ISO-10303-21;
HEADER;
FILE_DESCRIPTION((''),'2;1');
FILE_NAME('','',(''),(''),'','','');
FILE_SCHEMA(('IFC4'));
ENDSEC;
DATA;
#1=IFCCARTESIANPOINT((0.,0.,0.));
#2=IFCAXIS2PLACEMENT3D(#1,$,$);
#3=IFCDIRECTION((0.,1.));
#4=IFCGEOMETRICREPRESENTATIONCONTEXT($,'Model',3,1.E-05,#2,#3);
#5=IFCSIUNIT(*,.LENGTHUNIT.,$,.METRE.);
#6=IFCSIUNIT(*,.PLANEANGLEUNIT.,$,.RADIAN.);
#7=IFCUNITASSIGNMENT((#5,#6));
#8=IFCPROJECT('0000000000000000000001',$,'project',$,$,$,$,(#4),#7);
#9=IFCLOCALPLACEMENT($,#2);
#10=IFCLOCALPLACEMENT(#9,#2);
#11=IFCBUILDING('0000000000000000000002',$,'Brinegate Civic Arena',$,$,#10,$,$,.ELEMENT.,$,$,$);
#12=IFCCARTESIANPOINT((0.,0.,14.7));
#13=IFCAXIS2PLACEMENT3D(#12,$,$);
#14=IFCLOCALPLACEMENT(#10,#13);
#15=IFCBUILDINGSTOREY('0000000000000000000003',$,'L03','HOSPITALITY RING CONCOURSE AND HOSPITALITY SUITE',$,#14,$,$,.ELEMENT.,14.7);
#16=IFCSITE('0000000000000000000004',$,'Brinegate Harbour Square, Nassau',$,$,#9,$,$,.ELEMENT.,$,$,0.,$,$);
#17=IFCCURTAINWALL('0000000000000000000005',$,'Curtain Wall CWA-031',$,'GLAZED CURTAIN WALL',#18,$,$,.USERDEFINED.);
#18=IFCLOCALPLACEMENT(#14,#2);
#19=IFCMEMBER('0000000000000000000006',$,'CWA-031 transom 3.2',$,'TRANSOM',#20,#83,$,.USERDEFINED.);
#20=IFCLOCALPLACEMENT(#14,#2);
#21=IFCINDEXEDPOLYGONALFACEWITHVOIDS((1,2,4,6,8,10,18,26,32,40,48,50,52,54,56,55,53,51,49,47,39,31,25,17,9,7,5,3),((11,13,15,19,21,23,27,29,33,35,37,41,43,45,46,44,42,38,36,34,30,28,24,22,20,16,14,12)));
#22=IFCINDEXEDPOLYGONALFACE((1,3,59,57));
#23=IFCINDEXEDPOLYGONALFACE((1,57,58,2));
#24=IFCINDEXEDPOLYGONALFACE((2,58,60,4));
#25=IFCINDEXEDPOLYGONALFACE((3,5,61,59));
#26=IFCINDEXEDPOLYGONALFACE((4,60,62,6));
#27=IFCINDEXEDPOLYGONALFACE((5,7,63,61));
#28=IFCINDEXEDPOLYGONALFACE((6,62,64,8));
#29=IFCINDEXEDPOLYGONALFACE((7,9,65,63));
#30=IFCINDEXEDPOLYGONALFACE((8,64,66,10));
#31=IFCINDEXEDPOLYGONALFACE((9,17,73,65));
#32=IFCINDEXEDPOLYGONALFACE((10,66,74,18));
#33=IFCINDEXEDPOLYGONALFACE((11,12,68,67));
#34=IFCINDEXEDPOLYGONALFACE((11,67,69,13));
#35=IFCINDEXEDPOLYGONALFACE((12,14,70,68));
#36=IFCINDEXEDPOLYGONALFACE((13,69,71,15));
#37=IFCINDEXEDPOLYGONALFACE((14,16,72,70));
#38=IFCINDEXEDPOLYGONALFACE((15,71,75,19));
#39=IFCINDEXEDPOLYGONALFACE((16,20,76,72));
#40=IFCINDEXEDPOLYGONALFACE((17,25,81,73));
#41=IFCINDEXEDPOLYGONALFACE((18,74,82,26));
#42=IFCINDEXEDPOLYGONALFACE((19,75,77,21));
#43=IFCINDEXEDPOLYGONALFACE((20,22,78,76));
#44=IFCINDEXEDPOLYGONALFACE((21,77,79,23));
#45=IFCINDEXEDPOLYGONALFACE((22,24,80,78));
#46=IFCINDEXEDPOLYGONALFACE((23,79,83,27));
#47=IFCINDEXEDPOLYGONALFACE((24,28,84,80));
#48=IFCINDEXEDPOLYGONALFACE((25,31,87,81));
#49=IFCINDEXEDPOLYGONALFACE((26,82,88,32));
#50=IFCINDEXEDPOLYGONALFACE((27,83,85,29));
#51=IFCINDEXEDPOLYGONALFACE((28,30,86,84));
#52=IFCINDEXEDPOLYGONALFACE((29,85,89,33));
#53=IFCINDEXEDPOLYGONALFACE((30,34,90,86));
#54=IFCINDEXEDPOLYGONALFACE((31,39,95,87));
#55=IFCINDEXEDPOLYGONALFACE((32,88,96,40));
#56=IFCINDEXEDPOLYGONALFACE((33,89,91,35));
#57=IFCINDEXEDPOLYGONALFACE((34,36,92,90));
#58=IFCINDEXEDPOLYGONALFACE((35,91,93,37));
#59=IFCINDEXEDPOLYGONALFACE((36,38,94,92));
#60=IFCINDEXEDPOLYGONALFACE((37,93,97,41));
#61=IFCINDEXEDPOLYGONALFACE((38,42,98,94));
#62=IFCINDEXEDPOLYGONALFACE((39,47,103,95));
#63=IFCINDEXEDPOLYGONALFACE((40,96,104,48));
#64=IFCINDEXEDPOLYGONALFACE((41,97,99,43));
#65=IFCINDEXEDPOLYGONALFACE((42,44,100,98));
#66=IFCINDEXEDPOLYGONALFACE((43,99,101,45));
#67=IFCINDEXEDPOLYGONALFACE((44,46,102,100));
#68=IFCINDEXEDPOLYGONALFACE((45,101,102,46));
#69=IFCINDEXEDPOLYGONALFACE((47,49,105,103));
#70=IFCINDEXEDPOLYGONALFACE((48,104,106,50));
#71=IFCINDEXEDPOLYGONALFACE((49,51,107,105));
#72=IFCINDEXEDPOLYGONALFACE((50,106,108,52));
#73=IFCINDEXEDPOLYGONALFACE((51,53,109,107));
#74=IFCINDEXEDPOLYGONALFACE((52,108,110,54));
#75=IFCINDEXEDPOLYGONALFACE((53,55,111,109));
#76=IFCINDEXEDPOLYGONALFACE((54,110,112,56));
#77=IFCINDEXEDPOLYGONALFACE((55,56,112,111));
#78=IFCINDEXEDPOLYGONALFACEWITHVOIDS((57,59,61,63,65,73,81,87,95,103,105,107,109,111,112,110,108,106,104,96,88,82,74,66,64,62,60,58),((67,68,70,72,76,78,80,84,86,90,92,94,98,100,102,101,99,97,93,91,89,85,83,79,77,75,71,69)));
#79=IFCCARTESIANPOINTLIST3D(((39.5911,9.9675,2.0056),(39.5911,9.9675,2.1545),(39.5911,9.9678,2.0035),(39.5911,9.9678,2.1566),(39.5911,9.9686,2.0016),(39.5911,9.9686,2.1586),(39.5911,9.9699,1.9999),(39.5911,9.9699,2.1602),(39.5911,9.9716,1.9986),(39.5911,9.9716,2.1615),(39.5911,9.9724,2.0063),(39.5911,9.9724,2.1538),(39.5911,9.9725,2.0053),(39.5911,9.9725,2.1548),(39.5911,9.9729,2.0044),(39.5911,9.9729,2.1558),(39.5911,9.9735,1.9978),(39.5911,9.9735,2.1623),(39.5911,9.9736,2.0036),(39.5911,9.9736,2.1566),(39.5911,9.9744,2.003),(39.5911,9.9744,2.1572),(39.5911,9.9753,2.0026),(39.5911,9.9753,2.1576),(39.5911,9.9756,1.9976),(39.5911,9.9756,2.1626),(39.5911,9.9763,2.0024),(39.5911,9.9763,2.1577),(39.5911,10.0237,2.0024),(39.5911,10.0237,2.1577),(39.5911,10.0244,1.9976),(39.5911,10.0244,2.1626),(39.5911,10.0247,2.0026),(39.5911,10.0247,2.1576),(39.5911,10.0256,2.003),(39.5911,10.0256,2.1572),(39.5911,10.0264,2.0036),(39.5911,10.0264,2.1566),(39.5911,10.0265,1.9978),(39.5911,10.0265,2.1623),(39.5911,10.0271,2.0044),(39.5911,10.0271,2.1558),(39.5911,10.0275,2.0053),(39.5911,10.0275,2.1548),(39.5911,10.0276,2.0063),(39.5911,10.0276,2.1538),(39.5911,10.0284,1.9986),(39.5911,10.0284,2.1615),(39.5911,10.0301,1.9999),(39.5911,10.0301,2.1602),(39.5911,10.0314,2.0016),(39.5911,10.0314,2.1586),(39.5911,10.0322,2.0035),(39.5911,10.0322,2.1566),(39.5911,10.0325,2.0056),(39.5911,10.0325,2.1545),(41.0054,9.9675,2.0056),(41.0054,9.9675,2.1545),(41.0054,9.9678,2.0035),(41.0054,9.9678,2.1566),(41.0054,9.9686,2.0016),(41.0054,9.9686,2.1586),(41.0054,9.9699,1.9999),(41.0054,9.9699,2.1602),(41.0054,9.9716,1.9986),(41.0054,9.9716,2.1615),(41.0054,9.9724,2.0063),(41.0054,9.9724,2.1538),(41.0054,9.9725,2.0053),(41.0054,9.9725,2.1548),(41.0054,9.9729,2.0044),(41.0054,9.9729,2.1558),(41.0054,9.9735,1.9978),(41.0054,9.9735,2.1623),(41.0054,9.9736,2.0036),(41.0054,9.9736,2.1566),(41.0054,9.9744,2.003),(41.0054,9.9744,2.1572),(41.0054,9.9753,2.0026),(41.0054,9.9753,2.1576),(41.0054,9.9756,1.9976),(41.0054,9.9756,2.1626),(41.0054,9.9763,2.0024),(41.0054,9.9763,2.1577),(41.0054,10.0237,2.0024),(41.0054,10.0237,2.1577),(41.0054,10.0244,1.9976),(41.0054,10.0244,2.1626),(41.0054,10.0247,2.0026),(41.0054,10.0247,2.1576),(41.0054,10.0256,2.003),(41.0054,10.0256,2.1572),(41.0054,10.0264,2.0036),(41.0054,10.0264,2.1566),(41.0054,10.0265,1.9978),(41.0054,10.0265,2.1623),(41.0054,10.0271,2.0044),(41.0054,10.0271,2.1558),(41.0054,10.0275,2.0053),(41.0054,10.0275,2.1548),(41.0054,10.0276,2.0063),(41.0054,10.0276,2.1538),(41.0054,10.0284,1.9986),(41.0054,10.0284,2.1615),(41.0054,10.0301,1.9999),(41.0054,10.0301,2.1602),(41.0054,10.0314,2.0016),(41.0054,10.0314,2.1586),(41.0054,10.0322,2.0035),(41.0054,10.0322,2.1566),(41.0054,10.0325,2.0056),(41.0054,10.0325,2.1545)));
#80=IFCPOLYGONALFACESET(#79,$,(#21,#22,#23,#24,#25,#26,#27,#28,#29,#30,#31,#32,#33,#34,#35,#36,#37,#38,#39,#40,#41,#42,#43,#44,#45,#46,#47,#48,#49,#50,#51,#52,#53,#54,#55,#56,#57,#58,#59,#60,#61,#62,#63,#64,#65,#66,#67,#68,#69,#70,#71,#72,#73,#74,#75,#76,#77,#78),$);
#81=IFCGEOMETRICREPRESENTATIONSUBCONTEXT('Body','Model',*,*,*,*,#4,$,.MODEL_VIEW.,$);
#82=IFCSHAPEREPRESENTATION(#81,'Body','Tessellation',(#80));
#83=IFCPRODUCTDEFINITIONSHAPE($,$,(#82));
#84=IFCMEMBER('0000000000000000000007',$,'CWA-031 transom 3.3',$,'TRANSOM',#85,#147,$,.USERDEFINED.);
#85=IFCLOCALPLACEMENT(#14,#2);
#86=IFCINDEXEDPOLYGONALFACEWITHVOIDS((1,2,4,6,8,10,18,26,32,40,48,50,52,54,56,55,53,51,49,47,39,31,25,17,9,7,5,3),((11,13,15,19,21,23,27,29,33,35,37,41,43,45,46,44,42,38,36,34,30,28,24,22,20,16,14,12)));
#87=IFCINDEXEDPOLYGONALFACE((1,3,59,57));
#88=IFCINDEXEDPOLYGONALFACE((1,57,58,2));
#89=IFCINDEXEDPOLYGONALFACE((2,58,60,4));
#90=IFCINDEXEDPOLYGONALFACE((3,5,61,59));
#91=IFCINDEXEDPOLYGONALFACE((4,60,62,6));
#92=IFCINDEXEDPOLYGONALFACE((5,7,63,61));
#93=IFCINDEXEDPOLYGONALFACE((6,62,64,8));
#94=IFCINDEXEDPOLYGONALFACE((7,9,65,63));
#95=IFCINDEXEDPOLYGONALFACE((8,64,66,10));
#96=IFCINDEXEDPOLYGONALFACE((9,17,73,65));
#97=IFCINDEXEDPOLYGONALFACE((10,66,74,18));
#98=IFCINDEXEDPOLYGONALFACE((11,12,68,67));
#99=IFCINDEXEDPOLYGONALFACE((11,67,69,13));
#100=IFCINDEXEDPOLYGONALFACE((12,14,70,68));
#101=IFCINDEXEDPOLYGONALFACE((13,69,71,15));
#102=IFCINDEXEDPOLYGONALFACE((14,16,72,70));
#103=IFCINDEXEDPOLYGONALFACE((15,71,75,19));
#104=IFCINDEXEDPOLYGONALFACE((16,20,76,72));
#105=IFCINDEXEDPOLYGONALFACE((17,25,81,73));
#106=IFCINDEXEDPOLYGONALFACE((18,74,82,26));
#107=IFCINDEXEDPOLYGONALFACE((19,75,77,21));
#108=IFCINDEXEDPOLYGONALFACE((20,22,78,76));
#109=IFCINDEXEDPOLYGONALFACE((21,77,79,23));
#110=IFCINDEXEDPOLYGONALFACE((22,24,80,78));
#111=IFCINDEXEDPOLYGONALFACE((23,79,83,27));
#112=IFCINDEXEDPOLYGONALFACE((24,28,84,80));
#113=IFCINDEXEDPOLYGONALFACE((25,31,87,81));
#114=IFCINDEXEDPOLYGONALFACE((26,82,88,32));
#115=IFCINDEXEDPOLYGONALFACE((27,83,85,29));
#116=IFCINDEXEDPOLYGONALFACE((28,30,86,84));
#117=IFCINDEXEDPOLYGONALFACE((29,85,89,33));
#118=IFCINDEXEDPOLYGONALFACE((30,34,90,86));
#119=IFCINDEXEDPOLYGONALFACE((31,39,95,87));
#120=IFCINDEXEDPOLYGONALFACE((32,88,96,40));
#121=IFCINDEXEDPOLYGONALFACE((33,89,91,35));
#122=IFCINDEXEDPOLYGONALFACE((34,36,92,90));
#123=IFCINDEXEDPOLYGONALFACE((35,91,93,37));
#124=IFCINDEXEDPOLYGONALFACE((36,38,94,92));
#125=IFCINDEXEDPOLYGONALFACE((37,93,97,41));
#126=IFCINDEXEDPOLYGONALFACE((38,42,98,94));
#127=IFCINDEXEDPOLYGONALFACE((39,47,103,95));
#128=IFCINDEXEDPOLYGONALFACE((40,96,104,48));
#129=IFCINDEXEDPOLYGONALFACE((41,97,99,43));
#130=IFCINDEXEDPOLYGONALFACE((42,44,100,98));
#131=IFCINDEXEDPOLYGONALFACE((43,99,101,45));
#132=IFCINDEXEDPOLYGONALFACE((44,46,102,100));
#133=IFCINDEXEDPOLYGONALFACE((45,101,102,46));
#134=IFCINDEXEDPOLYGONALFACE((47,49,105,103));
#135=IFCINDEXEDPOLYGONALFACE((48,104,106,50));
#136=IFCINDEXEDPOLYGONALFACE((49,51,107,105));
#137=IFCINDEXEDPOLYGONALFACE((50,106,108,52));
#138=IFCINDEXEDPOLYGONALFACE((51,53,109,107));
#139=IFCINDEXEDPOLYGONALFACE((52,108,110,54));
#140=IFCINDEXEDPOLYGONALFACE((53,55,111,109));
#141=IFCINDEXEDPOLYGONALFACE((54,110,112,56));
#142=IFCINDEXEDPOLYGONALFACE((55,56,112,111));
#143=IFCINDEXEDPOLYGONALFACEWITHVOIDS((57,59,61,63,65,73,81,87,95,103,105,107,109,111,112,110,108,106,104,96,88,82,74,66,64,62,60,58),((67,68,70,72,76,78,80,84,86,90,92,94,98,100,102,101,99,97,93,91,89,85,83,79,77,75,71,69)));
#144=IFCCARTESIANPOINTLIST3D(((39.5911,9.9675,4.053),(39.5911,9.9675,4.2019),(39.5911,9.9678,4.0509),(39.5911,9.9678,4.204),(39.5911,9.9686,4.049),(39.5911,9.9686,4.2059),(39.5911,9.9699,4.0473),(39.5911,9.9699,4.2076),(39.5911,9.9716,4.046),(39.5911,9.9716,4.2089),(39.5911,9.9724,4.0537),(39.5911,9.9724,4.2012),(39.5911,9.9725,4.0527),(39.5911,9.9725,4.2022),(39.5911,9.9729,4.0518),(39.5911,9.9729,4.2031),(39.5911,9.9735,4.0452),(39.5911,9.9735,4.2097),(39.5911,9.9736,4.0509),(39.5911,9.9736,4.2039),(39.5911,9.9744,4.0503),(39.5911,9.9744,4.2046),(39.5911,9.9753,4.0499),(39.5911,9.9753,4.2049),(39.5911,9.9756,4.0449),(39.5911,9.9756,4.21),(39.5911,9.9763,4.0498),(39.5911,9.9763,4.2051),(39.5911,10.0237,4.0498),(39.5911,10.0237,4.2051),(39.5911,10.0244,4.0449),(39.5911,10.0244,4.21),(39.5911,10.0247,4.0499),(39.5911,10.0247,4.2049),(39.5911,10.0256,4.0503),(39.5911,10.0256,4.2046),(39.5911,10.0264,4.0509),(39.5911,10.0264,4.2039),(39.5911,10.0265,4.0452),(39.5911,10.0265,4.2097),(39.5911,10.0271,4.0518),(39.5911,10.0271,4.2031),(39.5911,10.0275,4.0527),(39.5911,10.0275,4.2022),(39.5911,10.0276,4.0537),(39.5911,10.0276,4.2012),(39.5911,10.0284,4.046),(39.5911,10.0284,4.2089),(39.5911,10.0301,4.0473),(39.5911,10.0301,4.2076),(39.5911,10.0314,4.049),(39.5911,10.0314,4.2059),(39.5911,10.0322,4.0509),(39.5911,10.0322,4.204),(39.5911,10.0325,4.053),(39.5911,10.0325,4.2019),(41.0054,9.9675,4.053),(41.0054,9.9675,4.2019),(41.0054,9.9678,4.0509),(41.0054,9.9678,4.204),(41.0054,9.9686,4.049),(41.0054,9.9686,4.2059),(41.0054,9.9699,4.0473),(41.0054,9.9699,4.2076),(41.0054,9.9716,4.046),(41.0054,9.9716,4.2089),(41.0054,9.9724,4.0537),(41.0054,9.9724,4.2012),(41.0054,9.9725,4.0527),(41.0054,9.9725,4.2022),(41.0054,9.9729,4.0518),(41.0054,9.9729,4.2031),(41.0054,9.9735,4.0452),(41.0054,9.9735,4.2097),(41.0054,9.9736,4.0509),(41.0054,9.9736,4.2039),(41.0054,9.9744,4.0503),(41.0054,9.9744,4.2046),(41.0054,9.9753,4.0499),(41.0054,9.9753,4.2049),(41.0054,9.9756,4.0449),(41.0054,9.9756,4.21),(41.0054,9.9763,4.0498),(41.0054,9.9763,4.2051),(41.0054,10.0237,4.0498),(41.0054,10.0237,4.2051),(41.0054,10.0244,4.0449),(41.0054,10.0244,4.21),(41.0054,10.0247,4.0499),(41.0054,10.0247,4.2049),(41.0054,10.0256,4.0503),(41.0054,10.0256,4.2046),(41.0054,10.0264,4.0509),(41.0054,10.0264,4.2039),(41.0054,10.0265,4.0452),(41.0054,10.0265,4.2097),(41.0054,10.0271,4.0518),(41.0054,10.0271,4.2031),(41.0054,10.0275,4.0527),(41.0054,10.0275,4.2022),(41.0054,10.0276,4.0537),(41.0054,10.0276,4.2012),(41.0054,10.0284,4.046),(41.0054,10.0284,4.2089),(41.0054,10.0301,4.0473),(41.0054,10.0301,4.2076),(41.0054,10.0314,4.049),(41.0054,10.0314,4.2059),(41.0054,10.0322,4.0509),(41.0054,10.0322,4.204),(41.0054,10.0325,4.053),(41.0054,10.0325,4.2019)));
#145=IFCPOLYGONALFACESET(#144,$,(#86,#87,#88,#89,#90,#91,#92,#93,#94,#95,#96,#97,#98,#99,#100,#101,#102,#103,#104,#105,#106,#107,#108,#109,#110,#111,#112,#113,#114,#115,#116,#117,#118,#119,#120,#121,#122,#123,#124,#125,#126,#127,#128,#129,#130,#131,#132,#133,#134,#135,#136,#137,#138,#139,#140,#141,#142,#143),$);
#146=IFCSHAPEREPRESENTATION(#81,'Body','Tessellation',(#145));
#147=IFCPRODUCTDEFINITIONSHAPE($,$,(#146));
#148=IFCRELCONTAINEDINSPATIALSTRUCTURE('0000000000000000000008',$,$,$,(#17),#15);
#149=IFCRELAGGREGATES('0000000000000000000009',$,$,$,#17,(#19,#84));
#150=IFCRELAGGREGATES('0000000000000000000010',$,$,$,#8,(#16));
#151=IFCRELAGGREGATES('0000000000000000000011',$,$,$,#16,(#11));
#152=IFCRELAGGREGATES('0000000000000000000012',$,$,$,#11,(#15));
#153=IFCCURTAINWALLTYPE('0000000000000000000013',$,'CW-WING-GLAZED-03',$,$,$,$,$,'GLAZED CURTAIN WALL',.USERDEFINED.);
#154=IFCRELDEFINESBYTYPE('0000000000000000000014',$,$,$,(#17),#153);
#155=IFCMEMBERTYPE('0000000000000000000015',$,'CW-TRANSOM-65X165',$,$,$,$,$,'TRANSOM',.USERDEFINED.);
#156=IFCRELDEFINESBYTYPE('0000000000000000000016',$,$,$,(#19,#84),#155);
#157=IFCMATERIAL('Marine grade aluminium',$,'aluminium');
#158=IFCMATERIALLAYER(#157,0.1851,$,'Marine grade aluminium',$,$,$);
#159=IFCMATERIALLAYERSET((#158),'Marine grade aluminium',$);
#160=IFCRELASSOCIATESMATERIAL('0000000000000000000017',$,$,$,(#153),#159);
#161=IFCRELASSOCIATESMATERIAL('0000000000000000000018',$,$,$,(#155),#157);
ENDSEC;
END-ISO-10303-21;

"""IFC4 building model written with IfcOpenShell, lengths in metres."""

from ifc_helpers import new_model, si_unit, direction, frame, origin, origin_2d, place, context, subcontext, project, spatial, hollow_rectangle, extrude, material, layer, layer_set, material_profile, profile_set, type_object, element, aggregate, save


model = new_model("IFC4")

# Units and contexts
model_context = context("Model", 3, precision=1e-05, world=origin(), true_north=direction((0.0, 1.0)))
body_context = subcontext(model_context, "Body", "Model", "MODEL_VIEW")
ifc_project = project(units=[si_unit("LENGTHUNIT", "METRE"), si_unit("PLANEANGLEUNIT", "RADIAN")], contexts=[model_context])

# Site, building, storey
site_placement = place(None, origin())
site = spatial("IfcSite", under=ifc_project, at=site_placement, Name="Brinegate Harbour Square, Nassau", CompositionType="ELEMENT", RefElevation=0.0)
building_placement = place(site_placement, origin())
building = spatial("IfcBuilding", under=site, at=building_placement, Name="Brinegate Civic Arena", CompositionType="ELEMENT")
storey_placement = place(building_placement, frame((0.0, 0.0, 14.7)))
storey = spatial("IfcBuildingStorey", under=building, at=storey_placement, Name="L03", Description="HOSPITALITY RING CONCOURSE AND HOSPITALITY SUITE", CompositionType="ELEMENT", Elevation=14.7)

# Curtain wall
ifc_material_1 = material(Name="Marine grade aluminium", Category="aluminium")
ifc_layer_1 = layer(ifc_material_1, 0.1851, Name="Marine grade aluminium")
ifc_layer_set_1 = layer_set([ifc_layer_1], Name="Marine grade aluminium")
curtain_wall_type = type_object("IfcCurtainWallType", Name="CW-WING-GLAZED-03", ElementType="GLAZED CURTAIN WALL", PredefinedType="USERDEFINED", material=ifc_layer_set_1)
curtain_wall_1_placement = place(storey_placement, origin())
curtain_wall_1 = element("IfcCurtainWall", 1, at=curtain_wall_1_placement, inside=storey, type_object=curtain_wall_type, Name="Curtain Wall CWA-031", ObjectType="GLAZED CURTAIN WALL", PredefinedType="USERDEFINED")

# Members
ifc_material_profile_1 = material_profile(ifc_material_1, hollow_rectangle(XDim=0.0649, YDim=0.165, WallThickness=0.0049, InnerFilletRadius=0.0039, OuterFilletRadius=0.0081, at=origin_2d()), Name="TRN65X165")
ifc_profile_set_1 = profile_set([ifc_material_profile_1], Name="Marine grade aluminium")
member_type_1 = type_object("IfcMemberType", Name="CW-TRANSOM-65X165", ElementType="TRANSOM", PredefinedType="USERDEFINED", material=ifc_profile_set_1)
member_1_placement = place(storey_placement, frame((39.5911, 10.0, 2.0801), z_axis=(1.0, 0.0, 0.0), x_axis=(0.0, 1.0, 0.0)))
member_1 = element("IfcMember", 2, at=member_1_placement, type_object=member_type_1, Name="CWA-031 transom 3.2", ObjectType="TRANSOM", PredefinedType="USERDEFINED", context=body_context, shape_type="SweptSolid", body=[
    extrude(hollow_rectangle(XDim=0.0649, YDim=0.165, WallThickness=0.0049, InnerFilletRadius=0.0039, OuterFilletRadius=0.0081, at=origin_2d()), origin(), (0.0, 0.0, 1.0), 1.4143),
])
member_2_placement = place(storey_placement, frame((39.5911, 10.0, 4.1274), z_axis=(1.0, 0.0, 0.0), x_axis=(0.0, 1.0, 0.0)))
member_2 = element("IfcMember", 3, at=member_2_placement, type_object=member_type_1, Name="CWA-031 transom 3.3", ObjectType="TRANSOM", PredefinedType="USERDEFINED", context=body_context, shape_type="SweptSolid", body=[
    extrude(hollow_rectangle(XDim=0.0649, YDim=0.165, WallThickness=0.0049, InnerFilletRadius=0.0039, OuterFilletRadius=0.0081, at=origin_2d()), origin(), (0.0, 0.0, 1.0), 1.4143),
])

aggregate(curtain_wall_1, [member_1, member_2])

save(model, "model.ifc")
